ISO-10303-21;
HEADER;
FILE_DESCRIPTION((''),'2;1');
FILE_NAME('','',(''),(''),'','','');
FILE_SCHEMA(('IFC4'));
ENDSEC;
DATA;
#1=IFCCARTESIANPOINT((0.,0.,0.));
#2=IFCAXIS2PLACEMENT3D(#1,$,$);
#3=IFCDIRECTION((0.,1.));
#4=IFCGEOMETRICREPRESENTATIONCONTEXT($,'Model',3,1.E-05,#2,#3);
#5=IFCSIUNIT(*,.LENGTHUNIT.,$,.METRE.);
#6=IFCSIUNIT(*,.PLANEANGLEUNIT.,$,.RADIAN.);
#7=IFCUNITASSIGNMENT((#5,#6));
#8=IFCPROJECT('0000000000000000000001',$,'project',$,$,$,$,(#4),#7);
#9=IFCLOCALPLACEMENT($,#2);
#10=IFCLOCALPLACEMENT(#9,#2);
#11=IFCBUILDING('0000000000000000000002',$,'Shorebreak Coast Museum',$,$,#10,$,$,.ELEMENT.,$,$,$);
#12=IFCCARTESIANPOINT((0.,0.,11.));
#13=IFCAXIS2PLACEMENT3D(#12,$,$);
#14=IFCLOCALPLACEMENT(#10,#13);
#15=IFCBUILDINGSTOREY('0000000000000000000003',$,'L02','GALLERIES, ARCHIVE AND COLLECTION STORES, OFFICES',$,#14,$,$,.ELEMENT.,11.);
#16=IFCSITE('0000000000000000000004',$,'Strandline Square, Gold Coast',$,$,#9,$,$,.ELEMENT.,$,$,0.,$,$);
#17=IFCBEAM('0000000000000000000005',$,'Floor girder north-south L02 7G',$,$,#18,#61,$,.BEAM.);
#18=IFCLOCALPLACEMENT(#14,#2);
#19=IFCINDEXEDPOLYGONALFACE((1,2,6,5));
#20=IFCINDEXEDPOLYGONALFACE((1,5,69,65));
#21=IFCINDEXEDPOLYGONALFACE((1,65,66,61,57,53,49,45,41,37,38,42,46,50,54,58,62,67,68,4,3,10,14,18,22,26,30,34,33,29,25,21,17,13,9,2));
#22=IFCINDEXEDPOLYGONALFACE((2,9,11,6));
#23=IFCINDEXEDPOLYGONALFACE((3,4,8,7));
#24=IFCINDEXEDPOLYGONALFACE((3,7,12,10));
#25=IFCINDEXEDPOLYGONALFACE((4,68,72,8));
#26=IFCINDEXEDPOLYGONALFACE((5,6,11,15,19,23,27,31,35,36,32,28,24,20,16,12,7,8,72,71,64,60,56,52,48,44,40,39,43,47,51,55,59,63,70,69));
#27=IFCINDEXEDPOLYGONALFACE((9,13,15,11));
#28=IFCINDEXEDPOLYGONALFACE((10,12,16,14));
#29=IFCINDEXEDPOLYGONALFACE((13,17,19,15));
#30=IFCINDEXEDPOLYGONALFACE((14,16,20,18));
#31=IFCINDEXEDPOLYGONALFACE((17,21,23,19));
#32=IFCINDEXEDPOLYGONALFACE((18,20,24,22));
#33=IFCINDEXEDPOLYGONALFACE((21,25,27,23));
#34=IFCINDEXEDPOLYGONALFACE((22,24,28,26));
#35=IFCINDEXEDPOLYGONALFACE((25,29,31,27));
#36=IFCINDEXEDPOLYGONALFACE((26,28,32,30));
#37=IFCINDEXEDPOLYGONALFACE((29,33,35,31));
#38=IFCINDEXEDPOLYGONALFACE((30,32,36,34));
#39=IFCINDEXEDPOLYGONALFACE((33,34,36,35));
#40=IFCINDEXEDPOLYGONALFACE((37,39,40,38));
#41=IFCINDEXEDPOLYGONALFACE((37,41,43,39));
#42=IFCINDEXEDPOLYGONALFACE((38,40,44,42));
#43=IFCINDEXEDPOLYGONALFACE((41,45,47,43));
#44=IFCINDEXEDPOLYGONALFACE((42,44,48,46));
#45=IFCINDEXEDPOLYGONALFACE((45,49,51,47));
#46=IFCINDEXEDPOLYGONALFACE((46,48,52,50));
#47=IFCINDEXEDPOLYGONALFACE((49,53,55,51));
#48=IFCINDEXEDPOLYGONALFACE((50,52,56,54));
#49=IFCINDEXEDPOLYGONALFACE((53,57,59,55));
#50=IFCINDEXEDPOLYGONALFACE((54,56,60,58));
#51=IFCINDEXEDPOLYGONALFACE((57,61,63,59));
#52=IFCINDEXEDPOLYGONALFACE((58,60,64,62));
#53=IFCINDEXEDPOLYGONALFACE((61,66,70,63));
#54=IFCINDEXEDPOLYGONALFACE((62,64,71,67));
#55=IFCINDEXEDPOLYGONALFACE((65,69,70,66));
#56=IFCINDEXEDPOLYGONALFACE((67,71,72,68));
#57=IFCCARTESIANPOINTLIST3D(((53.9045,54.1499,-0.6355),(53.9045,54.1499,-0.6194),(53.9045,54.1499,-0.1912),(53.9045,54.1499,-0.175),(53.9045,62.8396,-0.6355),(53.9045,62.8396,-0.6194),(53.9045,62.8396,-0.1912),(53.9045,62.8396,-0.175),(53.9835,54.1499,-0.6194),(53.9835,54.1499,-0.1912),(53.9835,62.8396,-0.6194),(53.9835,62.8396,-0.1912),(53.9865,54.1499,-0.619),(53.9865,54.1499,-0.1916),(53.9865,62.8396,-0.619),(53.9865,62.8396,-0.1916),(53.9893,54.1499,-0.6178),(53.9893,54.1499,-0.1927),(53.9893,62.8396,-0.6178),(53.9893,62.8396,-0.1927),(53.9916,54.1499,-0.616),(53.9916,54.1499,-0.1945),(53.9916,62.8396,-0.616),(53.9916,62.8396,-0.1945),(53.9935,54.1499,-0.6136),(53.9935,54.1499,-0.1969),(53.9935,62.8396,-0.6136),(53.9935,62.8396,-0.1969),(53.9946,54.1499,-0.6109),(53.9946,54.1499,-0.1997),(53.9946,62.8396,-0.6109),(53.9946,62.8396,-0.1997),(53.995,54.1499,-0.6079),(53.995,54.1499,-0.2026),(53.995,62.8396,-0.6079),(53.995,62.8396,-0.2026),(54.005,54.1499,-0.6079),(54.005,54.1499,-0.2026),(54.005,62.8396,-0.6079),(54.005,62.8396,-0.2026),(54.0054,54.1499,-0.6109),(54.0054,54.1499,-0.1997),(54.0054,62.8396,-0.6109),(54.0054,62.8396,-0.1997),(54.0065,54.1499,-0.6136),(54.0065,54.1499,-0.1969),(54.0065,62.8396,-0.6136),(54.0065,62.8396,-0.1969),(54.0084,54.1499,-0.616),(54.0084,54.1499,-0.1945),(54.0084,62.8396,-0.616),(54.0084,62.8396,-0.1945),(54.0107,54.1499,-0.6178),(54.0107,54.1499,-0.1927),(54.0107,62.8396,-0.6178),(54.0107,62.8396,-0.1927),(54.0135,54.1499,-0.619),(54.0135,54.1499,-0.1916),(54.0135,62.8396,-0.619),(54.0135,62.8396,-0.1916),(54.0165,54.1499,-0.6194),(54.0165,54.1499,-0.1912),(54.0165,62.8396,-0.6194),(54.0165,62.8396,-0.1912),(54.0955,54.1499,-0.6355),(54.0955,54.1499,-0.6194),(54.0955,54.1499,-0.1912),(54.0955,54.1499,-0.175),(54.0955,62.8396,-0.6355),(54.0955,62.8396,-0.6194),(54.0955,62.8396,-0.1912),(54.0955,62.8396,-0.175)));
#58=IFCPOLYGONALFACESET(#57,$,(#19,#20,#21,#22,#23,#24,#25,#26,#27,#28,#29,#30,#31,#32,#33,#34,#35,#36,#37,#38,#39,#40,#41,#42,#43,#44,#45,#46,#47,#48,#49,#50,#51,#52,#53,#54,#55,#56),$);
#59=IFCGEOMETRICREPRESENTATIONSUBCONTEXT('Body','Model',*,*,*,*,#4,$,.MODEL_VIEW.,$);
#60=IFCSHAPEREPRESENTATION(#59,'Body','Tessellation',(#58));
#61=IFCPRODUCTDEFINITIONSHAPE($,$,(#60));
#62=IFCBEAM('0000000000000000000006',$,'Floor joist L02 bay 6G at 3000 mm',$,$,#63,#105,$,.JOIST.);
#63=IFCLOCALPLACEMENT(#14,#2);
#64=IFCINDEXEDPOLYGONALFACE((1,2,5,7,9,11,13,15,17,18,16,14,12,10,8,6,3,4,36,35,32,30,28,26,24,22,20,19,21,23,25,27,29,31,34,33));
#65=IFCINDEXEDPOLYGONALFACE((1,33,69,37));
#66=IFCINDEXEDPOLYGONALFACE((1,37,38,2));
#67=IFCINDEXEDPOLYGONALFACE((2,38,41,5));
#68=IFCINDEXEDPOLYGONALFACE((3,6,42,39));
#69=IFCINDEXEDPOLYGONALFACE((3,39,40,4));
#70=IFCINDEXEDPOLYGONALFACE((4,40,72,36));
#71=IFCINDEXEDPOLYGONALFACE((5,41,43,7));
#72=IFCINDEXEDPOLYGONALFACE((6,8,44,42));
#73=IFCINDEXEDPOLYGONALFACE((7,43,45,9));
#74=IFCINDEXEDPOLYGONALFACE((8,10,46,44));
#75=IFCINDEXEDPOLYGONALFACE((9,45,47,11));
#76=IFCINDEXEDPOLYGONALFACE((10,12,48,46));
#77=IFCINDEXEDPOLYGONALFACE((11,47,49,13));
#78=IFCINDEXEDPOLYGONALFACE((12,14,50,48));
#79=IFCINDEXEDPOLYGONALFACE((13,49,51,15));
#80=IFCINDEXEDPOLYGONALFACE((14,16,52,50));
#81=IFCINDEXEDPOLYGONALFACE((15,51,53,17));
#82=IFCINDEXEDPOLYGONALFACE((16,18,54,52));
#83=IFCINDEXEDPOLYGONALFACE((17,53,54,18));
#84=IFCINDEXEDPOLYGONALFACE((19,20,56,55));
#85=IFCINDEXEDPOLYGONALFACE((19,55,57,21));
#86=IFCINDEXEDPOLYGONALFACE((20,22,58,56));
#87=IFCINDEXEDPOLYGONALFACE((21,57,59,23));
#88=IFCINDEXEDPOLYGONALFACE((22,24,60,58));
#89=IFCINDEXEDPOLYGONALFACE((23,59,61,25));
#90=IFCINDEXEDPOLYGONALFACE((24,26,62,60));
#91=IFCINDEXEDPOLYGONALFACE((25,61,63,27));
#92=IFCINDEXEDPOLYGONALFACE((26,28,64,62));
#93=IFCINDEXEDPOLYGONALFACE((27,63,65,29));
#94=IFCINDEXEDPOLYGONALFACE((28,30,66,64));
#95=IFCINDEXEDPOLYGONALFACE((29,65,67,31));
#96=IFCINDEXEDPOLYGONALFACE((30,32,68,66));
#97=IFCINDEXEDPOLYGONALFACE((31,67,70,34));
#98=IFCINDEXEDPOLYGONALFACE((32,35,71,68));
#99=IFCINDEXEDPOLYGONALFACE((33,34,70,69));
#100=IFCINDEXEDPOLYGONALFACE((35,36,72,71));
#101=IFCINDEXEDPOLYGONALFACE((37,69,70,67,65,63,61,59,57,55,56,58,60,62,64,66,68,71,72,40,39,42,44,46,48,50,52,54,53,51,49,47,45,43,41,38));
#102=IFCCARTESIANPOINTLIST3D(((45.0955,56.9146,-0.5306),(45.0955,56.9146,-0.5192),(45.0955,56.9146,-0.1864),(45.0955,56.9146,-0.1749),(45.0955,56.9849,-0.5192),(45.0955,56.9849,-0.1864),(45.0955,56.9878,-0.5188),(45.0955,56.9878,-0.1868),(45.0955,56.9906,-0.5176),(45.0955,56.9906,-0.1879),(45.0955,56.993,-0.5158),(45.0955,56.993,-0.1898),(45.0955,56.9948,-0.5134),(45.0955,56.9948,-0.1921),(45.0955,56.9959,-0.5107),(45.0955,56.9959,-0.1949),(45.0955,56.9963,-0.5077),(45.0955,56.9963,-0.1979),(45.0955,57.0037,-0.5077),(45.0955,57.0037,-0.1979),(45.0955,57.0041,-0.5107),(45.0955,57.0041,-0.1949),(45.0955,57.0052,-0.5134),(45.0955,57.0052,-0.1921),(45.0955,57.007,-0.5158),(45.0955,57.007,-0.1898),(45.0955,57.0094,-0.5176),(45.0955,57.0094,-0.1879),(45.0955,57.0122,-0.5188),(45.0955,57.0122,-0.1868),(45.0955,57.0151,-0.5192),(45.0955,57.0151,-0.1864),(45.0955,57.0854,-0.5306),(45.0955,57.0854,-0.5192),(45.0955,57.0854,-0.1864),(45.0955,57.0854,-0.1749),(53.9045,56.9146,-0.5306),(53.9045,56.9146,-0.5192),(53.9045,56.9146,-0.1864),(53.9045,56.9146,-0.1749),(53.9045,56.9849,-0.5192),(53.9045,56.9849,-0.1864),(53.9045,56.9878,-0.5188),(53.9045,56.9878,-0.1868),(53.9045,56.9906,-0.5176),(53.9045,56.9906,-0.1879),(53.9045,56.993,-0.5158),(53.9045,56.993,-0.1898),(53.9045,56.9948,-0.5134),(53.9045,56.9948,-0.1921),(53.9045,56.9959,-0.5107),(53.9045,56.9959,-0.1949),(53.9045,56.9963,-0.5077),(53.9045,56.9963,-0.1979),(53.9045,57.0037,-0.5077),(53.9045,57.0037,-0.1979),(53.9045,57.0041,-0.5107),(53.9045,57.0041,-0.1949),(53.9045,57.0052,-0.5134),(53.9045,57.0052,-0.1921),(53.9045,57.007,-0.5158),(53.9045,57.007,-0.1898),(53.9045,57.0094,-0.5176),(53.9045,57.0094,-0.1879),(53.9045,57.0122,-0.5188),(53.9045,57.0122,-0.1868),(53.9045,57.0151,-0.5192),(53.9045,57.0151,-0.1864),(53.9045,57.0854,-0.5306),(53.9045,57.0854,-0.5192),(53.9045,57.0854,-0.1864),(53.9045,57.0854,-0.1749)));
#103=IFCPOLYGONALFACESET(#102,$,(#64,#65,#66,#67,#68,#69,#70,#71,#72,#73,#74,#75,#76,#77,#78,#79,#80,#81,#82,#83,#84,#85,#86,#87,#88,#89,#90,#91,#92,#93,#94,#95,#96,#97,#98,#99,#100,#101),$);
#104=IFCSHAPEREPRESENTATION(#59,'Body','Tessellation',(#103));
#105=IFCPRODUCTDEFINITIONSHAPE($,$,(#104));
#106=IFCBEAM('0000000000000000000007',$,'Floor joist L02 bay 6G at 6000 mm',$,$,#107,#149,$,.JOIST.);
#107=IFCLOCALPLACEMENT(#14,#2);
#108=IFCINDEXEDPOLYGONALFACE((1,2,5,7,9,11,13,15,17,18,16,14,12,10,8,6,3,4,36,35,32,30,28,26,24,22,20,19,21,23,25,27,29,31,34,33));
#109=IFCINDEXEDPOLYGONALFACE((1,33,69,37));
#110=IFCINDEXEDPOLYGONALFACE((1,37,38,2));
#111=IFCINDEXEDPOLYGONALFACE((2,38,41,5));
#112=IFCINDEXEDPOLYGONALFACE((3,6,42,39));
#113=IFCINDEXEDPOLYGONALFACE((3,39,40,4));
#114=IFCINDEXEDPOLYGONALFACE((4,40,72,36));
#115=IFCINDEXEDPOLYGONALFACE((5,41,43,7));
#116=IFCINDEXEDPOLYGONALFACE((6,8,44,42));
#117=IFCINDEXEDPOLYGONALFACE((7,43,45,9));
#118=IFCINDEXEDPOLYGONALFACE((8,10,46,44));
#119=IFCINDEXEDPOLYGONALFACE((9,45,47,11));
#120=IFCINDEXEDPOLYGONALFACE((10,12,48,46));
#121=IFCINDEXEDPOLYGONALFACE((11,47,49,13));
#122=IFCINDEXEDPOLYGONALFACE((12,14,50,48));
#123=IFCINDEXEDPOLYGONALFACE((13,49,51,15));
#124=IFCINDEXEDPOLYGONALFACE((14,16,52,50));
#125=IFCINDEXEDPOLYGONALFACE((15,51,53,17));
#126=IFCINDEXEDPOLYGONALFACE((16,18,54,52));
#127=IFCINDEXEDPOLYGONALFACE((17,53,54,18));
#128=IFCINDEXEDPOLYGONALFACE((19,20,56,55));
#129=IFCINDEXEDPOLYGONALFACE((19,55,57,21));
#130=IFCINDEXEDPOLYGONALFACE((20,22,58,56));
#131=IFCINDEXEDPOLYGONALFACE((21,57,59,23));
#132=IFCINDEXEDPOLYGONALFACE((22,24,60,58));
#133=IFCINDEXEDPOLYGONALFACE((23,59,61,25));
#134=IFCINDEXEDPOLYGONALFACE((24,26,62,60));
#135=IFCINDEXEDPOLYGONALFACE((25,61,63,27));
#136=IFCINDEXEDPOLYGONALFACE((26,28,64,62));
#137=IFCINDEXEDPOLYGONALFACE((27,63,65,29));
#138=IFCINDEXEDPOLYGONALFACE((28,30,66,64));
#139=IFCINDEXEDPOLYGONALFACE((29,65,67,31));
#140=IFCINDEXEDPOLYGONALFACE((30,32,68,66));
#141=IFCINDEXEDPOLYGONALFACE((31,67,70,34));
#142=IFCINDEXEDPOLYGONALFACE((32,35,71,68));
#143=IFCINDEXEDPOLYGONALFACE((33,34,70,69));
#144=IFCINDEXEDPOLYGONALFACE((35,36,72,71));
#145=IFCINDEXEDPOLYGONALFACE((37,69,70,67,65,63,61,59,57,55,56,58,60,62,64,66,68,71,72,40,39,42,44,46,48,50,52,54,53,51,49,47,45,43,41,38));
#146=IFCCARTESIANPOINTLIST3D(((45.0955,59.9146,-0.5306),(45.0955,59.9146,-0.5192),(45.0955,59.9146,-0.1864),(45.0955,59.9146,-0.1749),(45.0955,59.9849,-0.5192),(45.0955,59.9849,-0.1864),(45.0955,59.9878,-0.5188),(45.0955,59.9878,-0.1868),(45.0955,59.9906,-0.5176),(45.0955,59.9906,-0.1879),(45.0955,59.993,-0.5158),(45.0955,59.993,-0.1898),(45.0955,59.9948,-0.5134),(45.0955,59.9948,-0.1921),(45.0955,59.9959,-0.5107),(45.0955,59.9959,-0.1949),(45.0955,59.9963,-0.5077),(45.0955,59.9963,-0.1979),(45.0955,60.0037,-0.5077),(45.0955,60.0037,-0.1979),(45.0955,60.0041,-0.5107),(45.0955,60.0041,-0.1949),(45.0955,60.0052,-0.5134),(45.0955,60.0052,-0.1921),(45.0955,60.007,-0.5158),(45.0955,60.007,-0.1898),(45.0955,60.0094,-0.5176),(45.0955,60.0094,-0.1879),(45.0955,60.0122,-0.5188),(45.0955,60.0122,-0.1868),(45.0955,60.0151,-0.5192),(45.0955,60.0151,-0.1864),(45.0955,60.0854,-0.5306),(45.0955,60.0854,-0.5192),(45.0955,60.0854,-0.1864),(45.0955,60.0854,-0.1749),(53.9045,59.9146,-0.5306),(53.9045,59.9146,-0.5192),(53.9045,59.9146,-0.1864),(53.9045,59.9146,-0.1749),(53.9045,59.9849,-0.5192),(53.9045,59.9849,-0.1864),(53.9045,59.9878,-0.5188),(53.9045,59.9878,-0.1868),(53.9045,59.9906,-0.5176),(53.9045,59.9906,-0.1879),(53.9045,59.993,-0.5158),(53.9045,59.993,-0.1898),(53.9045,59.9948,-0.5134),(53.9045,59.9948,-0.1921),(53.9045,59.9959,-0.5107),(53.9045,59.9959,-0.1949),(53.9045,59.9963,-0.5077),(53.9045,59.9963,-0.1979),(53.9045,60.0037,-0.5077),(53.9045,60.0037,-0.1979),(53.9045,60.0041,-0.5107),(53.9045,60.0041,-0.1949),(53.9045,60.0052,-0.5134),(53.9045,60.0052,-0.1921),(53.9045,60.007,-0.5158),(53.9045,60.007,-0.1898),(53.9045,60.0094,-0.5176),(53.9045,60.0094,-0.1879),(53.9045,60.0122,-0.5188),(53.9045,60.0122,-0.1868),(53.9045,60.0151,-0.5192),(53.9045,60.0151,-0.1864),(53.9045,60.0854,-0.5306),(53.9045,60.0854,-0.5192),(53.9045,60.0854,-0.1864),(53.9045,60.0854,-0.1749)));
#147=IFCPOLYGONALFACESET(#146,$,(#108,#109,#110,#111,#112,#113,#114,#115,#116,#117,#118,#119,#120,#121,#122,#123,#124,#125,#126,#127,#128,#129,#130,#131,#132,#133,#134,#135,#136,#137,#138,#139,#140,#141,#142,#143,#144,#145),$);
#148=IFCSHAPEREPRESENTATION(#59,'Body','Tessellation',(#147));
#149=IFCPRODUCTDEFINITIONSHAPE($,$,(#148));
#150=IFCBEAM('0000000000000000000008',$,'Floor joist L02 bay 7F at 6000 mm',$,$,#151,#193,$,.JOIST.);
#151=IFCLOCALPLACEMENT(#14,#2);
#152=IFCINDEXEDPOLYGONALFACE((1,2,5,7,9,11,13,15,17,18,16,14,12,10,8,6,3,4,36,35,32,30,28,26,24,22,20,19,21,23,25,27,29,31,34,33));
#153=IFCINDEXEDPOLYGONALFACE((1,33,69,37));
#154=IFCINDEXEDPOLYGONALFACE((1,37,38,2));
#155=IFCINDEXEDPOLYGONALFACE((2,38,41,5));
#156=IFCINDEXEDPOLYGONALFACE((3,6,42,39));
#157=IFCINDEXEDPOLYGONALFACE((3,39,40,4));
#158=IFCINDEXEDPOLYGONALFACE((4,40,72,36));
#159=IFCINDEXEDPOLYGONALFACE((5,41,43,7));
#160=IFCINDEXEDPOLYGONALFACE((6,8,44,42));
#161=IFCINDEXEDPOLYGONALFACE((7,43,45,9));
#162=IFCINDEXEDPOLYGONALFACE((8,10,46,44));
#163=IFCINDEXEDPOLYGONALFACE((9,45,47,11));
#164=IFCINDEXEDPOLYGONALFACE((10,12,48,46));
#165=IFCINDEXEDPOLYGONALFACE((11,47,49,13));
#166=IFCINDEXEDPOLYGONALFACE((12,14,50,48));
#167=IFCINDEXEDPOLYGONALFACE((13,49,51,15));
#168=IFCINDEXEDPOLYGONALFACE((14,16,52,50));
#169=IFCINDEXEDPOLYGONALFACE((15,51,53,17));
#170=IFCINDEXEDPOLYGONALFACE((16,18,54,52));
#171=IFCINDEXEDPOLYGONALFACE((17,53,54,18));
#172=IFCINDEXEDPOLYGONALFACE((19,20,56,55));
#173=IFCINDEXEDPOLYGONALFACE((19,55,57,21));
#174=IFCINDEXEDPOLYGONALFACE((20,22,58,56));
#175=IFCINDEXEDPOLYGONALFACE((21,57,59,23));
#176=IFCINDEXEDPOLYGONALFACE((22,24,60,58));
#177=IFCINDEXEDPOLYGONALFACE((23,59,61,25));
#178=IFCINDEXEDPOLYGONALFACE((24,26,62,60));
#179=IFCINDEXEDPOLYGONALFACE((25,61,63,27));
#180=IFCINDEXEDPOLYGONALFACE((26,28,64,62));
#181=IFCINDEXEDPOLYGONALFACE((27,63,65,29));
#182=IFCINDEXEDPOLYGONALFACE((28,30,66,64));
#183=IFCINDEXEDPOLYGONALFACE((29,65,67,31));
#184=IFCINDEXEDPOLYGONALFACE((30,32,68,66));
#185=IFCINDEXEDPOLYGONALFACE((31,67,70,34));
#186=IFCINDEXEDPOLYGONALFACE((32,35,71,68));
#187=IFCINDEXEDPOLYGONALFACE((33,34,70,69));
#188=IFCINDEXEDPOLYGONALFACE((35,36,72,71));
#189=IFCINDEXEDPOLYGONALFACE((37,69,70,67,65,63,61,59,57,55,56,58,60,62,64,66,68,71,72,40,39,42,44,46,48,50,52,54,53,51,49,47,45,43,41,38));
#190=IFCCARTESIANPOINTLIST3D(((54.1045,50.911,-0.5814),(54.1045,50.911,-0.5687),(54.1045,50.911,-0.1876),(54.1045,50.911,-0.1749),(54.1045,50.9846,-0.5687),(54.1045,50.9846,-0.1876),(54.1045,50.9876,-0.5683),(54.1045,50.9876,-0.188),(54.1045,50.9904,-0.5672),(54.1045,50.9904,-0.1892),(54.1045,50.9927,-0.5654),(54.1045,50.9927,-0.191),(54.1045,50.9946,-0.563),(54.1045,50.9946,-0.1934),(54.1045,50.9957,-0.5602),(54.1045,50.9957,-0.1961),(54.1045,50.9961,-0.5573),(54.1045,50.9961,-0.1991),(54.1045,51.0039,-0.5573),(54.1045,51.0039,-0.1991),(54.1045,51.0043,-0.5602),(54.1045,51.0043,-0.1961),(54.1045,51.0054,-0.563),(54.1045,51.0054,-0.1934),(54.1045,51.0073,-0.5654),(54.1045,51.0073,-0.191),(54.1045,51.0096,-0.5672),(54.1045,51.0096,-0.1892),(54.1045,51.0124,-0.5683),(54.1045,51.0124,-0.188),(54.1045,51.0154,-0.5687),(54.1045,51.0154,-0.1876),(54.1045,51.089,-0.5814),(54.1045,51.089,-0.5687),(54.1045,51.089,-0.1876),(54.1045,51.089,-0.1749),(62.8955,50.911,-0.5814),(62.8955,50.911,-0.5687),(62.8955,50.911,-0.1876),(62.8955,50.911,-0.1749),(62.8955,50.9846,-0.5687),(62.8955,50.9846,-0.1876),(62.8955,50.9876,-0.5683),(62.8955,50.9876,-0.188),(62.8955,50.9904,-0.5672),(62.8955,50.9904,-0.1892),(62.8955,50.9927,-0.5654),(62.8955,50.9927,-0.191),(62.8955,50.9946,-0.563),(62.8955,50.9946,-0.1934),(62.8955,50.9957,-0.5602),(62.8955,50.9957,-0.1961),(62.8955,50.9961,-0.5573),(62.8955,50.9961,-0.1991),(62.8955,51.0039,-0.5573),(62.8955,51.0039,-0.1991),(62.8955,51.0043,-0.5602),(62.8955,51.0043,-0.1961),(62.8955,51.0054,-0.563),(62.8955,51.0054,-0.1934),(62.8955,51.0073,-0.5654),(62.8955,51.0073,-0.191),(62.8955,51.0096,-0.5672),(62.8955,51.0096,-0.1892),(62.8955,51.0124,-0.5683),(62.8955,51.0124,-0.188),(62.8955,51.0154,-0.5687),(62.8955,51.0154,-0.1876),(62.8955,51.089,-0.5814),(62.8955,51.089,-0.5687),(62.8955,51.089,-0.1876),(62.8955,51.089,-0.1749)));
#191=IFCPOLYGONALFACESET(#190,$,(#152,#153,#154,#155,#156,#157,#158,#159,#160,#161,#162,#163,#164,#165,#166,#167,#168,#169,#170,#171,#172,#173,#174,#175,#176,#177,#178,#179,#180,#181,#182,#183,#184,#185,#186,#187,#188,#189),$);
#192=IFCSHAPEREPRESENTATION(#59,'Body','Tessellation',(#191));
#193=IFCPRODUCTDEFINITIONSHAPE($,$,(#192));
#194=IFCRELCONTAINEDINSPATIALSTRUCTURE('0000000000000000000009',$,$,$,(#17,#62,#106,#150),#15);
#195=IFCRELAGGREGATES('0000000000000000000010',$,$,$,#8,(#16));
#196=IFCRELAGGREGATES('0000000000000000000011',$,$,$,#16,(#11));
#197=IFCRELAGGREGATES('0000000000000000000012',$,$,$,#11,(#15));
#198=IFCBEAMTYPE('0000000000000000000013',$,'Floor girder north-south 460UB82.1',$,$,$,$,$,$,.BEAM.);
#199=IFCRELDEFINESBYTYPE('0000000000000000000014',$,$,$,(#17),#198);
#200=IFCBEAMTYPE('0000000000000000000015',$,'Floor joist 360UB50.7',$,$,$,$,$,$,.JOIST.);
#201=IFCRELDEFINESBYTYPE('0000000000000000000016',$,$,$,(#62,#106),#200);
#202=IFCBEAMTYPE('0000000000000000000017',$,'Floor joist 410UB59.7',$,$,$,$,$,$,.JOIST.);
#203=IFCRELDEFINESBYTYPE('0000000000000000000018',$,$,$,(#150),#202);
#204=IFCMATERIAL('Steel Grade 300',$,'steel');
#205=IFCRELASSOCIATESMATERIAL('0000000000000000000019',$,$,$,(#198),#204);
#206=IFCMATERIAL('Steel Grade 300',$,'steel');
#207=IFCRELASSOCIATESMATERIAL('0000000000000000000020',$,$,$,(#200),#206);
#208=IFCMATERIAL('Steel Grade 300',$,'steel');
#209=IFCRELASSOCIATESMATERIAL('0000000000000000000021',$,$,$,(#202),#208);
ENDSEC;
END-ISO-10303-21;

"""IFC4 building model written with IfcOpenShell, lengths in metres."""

from ifc_helpers import new_model, si_unit, direction, frame, origin, origin_2d, place, context, subcontext, project, spatial, i_section, extrude, material, material_profile, profile_set, type_object, element, save


model = new_model("IFC4")

# Units and contexts
model_context = context("Model", 3, precision=1e-05, world=origin(), true_north=direction((0.0, 1.0)))
body_context = subcontext(model_context, "Body", "Model", "MODEL_VIEW")
ifc_project = project(units=[si_unit("LENGTHUNIT", "METRE"), si_unit("PLANEANGLEUNIT", "RADIAN")], contexts=[model_context])

# Site, building, storey
site_placement = place(None, origin())
site = spatial("IfcSite", under=ifc_project, at=site_placement, Name="Strandline Square, Gold Coast", CompositionType="ELEMENT", RefElevation=0.0)
building_placement = place(site_placement, origin())
building = spatial("IfcBuilding", under=site, at=building_placement, Name="Shorebreak Coast Museum", CompositionType="ELEMENT")
storey_placement = place(building_placement, frame((0.0, 0.0, 11.0)))
storey = spatial("IfcBuildingStorey", under=building, at=storey_placement, Name="L02", Description="GALLERIES, ARCHIVE AND COLLECTION STORES, OFFICES", CompositionType="ELEMENT", Elevation=11.0)

# Beams
ifc_material_1 = material(Name="Steel Grade 300", Category="steel")
ifc_material_profile_1 = material_profile(ifc_material_1, i_section(OverallWidth=0.1909, OverallDepth=0.4604, WebThickness=0.01, FlangeThickness=0.0161, FilletRadius=0.0115, at=origin_2d()), Name="460UB82.1")
ifc_profile_set_1 = profile_set([ifc_material_profile_1], Name="Steel Grade 300")
beam_type_1 = type_object("IfcBeamType", Name="Floor girder north-south 460UB82.1", PredefinedType="BEAM", material=ifc_profile_set_1)
beam_1_placement = place(storey_placement, frame((54.0, 54.1499, -0.4053), z_axis=(0.0, 1.0, 0.0), x_axis=(-1.0, 0.0, 0.0)))
element("IfcBeam", 1, at=beam_1_placement, inside=storey, type_object=beam_type_1, Name="Floor girder north-south L02 7G", PredefinedType="BEAM", context=body_context, shape_type="SweptSolid", body=[
    extrude(i_section(OverallWidth=0.1909, OverallDepth=0.4604, WebThickness=0.01, FlangeThickness=0.0161, FilletRadius=0.0115, at=origin_2d()), origin(), (0.0, 0.0, 1.0), 8.6897),
])
ifc_material_2 = material(Name="Steel Grade 300", Category="steel")
ifc_material_profile_2 = material_profile(ifc_material_2, i_section(OverallWidth=0.1709, OverallDepth=0.3557, WebThickness=0.0073, FlangeThickness=0.0115, FilletRadius=0.0115, at=origin_2d()), Name="360UB50.7")
ifc_profile_set_2 = profile_set([ifc_material_profile_2], Name="Steel Grade 300")
beam_type_2 = type_object("IfcBeamType", Name="Floor joist 360UB50.7", PredefinedType="JOIST", material=ifc_profile_set_2)
for number, where, z_axis, x_axis, name in (
    (2, (45.0955, 57.0, -0.3528), (1.0, 0.0, 0.0), (0.0, 1.0, 0.0), "Floor joist L02 bay 6G at 3000 mm"),
    (3, (45.0955, 60.0, -0.3528), (1.0, 0.0, 0.0), (0.0, 1.0, 0.0), "Floor joist L02 bay 6G at 6000 mm"),
):
    element("IfcBeam", number, at=place(storey_placement, frame(where, z_axis=z_axis, x_axis=x_axis)), inside=storey, type_object=beam_type_2, Name=name, PredefinedType="JOIST", context=body_context, shape_type="SweptSolid", body=[
        extrude(i_section(OverallWidth=0.1709, OverallDepth=0.3557, WebThickness=0.0073, FlangeThickness=0.0115, FilletRadius=0.0115, at=origin_2d()), origin(), (0.0, 0.0, 1.0), 8.8091),
    ])
ifc_material_3 = material(Name="Steel Grade 300", Category="steel")
ifc_material_profile_3 = material_profile(ifc_material_3, i_section(OverallWidth=0.178, OverallDepth=0.4065, WebThickness=0.0078, FlangeThickness=0.0127, FilletRadius=0.0115, at=origin_2d()), Name="410UB59.7")
ifc_profile_set_3 = profile_set([ifc_material_profile_3], Name="Steel Grade 300")
beam_type_3 = type_object("IfcBeamType", Name="Floor joist 410UB59.7", PredefinedType="JOIST", material=ifc_profile_set_3)
beam_2_placement = place(storey_placement, frame((54.1045, 51.0, -0.3782), z_axis=(1.0, 0.0, 0.0), x_axis=(0.0, 1.0, 0.0)))
element("IfcBeam", 4, at=beam_2_placement, inside=storey, type_object=beam_type_3, Name="Floor joist L02 bay 7F at 6000 mm", PredefinedType="JOIST", context=body_context, shape_type="SweptSolid", body=[
    extrude(i_section(OverallWidth=0.178, OverallDepth=0.4065, WebThickness=0.0078, FlangeThickness=0.0127, FilletRadius=0.0115, at=origin_2d()), origin(), (0.0, 0.0, 1.0), 8.791),
])

save(model, "model.ifc")
